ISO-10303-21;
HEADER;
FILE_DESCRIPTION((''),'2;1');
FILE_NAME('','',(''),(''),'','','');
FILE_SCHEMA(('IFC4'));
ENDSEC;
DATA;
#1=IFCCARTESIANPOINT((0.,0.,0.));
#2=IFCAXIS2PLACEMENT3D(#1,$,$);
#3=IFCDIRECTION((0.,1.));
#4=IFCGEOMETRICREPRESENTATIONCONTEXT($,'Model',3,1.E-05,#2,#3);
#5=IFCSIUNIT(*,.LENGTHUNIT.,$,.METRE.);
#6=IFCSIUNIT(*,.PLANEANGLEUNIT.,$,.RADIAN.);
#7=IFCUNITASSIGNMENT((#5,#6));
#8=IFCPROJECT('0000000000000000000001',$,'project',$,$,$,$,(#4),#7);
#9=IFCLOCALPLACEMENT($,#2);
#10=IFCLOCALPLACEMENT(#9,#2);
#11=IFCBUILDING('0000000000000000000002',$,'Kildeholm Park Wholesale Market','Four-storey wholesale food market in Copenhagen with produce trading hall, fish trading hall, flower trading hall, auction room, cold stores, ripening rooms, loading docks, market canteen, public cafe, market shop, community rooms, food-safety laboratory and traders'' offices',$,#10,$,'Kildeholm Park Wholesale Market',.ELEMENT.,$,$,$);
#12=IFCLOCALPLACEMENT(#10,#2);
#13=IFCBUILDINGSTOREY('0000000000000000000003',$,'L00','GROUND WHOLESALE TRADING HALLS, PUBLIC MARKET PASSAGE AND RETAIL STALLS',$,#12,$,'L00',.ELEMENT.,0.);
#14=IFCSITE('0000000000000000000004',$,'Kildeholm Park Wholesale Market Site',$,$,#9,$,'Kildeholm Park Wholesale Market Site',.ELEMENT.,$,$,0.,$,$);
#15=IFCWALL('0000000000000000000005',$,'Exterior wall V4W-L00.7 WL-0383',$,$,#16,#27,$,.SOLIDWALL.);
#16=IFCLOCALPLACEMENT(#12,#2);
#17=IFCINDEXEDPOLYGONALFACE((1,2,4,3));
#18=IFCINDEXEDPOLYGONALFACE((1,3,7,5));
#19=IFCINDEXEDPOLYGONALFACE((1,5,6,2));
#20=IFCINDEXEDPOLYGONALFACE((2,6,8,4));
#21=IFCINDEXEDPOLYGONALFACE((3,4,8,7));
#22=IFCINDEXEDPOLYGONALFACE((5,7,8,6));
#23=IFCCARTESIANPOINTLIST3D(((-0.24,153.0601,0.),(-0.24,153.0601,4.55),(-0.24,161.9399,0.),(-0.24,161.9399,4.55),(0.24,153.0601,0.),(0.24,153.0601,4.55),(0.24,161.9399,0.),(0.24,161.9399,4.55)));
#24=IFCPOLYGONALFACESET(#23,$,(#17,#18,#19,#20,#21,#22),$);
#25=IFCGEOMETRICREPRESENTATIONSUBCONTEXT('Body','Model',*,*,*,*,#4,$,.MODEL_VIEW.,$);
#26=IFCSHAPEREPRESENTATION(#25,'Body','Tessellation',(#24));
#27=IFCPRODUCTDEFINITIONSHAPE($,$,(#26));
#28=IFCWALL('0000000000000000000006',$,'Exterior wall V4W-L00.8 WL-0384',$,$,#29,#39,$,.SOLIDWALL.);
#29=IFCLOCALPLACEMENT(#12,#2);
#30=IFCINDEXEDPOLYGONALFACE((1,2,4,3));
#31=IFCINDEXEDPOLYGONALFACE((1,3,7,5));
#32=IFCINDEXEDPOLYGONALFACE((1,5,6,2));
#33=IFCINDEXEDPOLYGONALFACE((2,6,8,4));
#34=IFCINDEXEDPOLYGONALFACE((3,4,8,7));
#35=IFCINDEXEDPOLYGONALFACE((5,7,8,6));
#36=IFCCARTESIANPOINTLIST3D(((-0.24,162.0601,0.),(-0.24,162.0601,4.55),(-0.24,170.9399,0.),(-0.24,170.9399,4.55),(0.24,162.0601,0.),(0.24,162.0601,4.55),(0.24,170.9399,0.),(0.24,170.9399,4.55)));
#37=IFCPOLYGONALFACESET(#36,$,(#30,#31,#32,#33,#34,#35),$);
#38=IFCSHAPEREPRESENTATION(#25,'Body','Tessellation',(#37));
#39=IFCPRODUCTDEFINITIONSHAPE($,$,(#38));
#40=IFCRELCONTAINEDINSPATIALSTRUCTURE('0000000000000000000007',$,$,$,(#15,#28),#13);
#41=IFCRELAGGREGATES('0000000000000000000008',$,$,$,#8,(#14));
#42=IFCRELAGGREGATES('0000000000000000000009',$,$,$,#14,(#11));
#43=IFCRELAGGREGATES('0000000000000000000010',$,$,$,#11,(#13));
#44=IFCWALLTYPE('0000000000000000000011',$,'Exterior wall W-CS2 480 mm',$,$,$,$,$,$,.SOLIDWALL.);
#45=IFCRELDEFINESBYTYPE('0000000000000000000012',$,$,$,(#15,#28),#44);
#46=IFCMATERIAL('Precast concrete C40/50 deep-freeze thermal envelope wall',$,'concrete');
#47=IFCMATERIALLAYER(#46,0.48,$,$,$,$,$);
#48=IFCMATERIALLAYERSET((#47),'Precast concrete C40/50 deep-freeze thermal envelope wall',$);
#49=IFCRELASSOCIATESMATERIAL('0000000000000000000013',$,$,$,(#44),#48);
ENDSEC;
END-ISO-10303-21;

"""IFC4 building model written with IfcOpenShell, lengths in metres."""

from ifc_helpers import new_model, si_unit, direction, frame, frame_2d, origin, place, context, subcontext, project, spatial, rectangle, extrude, material, layer, layer_set, type_object, element, save


model = new_model("IFC4")

# Units and contexts
model_context = context("Model", 3, precision=1e-05, world=origin(), true_north=direction((0.0, 1.0)))
body_context = subcontext(model_context, "Body", "Model", "MODEL_VIEW")
ifc_project = project(units=[si_unit("LENGTHUNIT", "METRE"), si_unit("PLANEANGLEUNIT", "RADIAN")], contexts=[model_context])

# Site, building, storey
site_placement = place(None, origin())
site = spatial("IfcSite", under=ifc_project, at=site_placement, Name="Kildeholm Park Wholesale Market Site", LongName="Kildeholm Park Wholesale Market Site", CompositionType="ELEMENT", RefElevation=0.0)
building_placement = place(site_placement, origin())
building = spatial("IfcBuilding", under=site, at=building_placement, Name="Kildeholm Park Wholesale Market", Description="Four-storey wholesale food market in Copenhagen with produce trading hall, fish trading hall, flower trading hall, auction room, cold stores, ripening rooms, loading docks, market canteen, public cafe, market shop, community rooms, food-safety laboratory and traders' offices", LongName="Kildeholm Park Wholesale Market", CompositionType="ELEMENT")
storey_placement = place(building_placement, origin())
storey = spatial("IfcBuildingStorey", under=building, at=storey_placement, Name="L00", Description="GROUND WHOLESALE TRADING HALLS, PUBLIC MARKET PASSAGE AND RETAIL STALLS", LongName="L00", CompositionType="ELEMENT", Elevation=0.0)

# Walls
ifc_material_1 = material(Name="Precast concrete C40/50 deep-freeze thermal envelope wall", Category="concrete")
ifc_layer_1 = layer(ifc_material_1, 0.48)
ifc_layer_set_1 = layer_set([ifc_layer_1], Name="Precast concrete C40/50 deep-freeze thermal envelope wall")
wall_type_1 = type_object("IfcWallType", Name="Exterior wall W-CS2 480 mm", PredefinedType="SOLIDWALL", material=ifc_layer_set_1)
for number, where, z_axis, x_axis, name in (
    (1, (0.0, 153.0601, 0.0), (0.0, 0.0, 1.0), (0.0, 1.0, 0.0), "Exterior wall V4W-L00.7 WL-0383"),
    (2, (0.0, 162.0601, 0.0), (0.0, 0.0, 1.0), (0.0, 1.0, 0.0), "Exterior wall V4W-L00.8 WL-0384"),
):
    element("IfcWall", number, at=place(storey_placement, frame(where, z_axis=z_axis, x_axis=x_axis)), inside=storey, type_object=wall_type_1, Name=name, PredefinedType="SOLIDWALL", context=body_context, shape_type="SweptSolid", body=[
        extrude(rectangle(XDim=8.8799, YDim=0.48, at=frame_2d((4.4399, 0.0))), origin(), (0.0, 0.0, 1.0), 4.55),
    ])

save(model, "model.ifc")
